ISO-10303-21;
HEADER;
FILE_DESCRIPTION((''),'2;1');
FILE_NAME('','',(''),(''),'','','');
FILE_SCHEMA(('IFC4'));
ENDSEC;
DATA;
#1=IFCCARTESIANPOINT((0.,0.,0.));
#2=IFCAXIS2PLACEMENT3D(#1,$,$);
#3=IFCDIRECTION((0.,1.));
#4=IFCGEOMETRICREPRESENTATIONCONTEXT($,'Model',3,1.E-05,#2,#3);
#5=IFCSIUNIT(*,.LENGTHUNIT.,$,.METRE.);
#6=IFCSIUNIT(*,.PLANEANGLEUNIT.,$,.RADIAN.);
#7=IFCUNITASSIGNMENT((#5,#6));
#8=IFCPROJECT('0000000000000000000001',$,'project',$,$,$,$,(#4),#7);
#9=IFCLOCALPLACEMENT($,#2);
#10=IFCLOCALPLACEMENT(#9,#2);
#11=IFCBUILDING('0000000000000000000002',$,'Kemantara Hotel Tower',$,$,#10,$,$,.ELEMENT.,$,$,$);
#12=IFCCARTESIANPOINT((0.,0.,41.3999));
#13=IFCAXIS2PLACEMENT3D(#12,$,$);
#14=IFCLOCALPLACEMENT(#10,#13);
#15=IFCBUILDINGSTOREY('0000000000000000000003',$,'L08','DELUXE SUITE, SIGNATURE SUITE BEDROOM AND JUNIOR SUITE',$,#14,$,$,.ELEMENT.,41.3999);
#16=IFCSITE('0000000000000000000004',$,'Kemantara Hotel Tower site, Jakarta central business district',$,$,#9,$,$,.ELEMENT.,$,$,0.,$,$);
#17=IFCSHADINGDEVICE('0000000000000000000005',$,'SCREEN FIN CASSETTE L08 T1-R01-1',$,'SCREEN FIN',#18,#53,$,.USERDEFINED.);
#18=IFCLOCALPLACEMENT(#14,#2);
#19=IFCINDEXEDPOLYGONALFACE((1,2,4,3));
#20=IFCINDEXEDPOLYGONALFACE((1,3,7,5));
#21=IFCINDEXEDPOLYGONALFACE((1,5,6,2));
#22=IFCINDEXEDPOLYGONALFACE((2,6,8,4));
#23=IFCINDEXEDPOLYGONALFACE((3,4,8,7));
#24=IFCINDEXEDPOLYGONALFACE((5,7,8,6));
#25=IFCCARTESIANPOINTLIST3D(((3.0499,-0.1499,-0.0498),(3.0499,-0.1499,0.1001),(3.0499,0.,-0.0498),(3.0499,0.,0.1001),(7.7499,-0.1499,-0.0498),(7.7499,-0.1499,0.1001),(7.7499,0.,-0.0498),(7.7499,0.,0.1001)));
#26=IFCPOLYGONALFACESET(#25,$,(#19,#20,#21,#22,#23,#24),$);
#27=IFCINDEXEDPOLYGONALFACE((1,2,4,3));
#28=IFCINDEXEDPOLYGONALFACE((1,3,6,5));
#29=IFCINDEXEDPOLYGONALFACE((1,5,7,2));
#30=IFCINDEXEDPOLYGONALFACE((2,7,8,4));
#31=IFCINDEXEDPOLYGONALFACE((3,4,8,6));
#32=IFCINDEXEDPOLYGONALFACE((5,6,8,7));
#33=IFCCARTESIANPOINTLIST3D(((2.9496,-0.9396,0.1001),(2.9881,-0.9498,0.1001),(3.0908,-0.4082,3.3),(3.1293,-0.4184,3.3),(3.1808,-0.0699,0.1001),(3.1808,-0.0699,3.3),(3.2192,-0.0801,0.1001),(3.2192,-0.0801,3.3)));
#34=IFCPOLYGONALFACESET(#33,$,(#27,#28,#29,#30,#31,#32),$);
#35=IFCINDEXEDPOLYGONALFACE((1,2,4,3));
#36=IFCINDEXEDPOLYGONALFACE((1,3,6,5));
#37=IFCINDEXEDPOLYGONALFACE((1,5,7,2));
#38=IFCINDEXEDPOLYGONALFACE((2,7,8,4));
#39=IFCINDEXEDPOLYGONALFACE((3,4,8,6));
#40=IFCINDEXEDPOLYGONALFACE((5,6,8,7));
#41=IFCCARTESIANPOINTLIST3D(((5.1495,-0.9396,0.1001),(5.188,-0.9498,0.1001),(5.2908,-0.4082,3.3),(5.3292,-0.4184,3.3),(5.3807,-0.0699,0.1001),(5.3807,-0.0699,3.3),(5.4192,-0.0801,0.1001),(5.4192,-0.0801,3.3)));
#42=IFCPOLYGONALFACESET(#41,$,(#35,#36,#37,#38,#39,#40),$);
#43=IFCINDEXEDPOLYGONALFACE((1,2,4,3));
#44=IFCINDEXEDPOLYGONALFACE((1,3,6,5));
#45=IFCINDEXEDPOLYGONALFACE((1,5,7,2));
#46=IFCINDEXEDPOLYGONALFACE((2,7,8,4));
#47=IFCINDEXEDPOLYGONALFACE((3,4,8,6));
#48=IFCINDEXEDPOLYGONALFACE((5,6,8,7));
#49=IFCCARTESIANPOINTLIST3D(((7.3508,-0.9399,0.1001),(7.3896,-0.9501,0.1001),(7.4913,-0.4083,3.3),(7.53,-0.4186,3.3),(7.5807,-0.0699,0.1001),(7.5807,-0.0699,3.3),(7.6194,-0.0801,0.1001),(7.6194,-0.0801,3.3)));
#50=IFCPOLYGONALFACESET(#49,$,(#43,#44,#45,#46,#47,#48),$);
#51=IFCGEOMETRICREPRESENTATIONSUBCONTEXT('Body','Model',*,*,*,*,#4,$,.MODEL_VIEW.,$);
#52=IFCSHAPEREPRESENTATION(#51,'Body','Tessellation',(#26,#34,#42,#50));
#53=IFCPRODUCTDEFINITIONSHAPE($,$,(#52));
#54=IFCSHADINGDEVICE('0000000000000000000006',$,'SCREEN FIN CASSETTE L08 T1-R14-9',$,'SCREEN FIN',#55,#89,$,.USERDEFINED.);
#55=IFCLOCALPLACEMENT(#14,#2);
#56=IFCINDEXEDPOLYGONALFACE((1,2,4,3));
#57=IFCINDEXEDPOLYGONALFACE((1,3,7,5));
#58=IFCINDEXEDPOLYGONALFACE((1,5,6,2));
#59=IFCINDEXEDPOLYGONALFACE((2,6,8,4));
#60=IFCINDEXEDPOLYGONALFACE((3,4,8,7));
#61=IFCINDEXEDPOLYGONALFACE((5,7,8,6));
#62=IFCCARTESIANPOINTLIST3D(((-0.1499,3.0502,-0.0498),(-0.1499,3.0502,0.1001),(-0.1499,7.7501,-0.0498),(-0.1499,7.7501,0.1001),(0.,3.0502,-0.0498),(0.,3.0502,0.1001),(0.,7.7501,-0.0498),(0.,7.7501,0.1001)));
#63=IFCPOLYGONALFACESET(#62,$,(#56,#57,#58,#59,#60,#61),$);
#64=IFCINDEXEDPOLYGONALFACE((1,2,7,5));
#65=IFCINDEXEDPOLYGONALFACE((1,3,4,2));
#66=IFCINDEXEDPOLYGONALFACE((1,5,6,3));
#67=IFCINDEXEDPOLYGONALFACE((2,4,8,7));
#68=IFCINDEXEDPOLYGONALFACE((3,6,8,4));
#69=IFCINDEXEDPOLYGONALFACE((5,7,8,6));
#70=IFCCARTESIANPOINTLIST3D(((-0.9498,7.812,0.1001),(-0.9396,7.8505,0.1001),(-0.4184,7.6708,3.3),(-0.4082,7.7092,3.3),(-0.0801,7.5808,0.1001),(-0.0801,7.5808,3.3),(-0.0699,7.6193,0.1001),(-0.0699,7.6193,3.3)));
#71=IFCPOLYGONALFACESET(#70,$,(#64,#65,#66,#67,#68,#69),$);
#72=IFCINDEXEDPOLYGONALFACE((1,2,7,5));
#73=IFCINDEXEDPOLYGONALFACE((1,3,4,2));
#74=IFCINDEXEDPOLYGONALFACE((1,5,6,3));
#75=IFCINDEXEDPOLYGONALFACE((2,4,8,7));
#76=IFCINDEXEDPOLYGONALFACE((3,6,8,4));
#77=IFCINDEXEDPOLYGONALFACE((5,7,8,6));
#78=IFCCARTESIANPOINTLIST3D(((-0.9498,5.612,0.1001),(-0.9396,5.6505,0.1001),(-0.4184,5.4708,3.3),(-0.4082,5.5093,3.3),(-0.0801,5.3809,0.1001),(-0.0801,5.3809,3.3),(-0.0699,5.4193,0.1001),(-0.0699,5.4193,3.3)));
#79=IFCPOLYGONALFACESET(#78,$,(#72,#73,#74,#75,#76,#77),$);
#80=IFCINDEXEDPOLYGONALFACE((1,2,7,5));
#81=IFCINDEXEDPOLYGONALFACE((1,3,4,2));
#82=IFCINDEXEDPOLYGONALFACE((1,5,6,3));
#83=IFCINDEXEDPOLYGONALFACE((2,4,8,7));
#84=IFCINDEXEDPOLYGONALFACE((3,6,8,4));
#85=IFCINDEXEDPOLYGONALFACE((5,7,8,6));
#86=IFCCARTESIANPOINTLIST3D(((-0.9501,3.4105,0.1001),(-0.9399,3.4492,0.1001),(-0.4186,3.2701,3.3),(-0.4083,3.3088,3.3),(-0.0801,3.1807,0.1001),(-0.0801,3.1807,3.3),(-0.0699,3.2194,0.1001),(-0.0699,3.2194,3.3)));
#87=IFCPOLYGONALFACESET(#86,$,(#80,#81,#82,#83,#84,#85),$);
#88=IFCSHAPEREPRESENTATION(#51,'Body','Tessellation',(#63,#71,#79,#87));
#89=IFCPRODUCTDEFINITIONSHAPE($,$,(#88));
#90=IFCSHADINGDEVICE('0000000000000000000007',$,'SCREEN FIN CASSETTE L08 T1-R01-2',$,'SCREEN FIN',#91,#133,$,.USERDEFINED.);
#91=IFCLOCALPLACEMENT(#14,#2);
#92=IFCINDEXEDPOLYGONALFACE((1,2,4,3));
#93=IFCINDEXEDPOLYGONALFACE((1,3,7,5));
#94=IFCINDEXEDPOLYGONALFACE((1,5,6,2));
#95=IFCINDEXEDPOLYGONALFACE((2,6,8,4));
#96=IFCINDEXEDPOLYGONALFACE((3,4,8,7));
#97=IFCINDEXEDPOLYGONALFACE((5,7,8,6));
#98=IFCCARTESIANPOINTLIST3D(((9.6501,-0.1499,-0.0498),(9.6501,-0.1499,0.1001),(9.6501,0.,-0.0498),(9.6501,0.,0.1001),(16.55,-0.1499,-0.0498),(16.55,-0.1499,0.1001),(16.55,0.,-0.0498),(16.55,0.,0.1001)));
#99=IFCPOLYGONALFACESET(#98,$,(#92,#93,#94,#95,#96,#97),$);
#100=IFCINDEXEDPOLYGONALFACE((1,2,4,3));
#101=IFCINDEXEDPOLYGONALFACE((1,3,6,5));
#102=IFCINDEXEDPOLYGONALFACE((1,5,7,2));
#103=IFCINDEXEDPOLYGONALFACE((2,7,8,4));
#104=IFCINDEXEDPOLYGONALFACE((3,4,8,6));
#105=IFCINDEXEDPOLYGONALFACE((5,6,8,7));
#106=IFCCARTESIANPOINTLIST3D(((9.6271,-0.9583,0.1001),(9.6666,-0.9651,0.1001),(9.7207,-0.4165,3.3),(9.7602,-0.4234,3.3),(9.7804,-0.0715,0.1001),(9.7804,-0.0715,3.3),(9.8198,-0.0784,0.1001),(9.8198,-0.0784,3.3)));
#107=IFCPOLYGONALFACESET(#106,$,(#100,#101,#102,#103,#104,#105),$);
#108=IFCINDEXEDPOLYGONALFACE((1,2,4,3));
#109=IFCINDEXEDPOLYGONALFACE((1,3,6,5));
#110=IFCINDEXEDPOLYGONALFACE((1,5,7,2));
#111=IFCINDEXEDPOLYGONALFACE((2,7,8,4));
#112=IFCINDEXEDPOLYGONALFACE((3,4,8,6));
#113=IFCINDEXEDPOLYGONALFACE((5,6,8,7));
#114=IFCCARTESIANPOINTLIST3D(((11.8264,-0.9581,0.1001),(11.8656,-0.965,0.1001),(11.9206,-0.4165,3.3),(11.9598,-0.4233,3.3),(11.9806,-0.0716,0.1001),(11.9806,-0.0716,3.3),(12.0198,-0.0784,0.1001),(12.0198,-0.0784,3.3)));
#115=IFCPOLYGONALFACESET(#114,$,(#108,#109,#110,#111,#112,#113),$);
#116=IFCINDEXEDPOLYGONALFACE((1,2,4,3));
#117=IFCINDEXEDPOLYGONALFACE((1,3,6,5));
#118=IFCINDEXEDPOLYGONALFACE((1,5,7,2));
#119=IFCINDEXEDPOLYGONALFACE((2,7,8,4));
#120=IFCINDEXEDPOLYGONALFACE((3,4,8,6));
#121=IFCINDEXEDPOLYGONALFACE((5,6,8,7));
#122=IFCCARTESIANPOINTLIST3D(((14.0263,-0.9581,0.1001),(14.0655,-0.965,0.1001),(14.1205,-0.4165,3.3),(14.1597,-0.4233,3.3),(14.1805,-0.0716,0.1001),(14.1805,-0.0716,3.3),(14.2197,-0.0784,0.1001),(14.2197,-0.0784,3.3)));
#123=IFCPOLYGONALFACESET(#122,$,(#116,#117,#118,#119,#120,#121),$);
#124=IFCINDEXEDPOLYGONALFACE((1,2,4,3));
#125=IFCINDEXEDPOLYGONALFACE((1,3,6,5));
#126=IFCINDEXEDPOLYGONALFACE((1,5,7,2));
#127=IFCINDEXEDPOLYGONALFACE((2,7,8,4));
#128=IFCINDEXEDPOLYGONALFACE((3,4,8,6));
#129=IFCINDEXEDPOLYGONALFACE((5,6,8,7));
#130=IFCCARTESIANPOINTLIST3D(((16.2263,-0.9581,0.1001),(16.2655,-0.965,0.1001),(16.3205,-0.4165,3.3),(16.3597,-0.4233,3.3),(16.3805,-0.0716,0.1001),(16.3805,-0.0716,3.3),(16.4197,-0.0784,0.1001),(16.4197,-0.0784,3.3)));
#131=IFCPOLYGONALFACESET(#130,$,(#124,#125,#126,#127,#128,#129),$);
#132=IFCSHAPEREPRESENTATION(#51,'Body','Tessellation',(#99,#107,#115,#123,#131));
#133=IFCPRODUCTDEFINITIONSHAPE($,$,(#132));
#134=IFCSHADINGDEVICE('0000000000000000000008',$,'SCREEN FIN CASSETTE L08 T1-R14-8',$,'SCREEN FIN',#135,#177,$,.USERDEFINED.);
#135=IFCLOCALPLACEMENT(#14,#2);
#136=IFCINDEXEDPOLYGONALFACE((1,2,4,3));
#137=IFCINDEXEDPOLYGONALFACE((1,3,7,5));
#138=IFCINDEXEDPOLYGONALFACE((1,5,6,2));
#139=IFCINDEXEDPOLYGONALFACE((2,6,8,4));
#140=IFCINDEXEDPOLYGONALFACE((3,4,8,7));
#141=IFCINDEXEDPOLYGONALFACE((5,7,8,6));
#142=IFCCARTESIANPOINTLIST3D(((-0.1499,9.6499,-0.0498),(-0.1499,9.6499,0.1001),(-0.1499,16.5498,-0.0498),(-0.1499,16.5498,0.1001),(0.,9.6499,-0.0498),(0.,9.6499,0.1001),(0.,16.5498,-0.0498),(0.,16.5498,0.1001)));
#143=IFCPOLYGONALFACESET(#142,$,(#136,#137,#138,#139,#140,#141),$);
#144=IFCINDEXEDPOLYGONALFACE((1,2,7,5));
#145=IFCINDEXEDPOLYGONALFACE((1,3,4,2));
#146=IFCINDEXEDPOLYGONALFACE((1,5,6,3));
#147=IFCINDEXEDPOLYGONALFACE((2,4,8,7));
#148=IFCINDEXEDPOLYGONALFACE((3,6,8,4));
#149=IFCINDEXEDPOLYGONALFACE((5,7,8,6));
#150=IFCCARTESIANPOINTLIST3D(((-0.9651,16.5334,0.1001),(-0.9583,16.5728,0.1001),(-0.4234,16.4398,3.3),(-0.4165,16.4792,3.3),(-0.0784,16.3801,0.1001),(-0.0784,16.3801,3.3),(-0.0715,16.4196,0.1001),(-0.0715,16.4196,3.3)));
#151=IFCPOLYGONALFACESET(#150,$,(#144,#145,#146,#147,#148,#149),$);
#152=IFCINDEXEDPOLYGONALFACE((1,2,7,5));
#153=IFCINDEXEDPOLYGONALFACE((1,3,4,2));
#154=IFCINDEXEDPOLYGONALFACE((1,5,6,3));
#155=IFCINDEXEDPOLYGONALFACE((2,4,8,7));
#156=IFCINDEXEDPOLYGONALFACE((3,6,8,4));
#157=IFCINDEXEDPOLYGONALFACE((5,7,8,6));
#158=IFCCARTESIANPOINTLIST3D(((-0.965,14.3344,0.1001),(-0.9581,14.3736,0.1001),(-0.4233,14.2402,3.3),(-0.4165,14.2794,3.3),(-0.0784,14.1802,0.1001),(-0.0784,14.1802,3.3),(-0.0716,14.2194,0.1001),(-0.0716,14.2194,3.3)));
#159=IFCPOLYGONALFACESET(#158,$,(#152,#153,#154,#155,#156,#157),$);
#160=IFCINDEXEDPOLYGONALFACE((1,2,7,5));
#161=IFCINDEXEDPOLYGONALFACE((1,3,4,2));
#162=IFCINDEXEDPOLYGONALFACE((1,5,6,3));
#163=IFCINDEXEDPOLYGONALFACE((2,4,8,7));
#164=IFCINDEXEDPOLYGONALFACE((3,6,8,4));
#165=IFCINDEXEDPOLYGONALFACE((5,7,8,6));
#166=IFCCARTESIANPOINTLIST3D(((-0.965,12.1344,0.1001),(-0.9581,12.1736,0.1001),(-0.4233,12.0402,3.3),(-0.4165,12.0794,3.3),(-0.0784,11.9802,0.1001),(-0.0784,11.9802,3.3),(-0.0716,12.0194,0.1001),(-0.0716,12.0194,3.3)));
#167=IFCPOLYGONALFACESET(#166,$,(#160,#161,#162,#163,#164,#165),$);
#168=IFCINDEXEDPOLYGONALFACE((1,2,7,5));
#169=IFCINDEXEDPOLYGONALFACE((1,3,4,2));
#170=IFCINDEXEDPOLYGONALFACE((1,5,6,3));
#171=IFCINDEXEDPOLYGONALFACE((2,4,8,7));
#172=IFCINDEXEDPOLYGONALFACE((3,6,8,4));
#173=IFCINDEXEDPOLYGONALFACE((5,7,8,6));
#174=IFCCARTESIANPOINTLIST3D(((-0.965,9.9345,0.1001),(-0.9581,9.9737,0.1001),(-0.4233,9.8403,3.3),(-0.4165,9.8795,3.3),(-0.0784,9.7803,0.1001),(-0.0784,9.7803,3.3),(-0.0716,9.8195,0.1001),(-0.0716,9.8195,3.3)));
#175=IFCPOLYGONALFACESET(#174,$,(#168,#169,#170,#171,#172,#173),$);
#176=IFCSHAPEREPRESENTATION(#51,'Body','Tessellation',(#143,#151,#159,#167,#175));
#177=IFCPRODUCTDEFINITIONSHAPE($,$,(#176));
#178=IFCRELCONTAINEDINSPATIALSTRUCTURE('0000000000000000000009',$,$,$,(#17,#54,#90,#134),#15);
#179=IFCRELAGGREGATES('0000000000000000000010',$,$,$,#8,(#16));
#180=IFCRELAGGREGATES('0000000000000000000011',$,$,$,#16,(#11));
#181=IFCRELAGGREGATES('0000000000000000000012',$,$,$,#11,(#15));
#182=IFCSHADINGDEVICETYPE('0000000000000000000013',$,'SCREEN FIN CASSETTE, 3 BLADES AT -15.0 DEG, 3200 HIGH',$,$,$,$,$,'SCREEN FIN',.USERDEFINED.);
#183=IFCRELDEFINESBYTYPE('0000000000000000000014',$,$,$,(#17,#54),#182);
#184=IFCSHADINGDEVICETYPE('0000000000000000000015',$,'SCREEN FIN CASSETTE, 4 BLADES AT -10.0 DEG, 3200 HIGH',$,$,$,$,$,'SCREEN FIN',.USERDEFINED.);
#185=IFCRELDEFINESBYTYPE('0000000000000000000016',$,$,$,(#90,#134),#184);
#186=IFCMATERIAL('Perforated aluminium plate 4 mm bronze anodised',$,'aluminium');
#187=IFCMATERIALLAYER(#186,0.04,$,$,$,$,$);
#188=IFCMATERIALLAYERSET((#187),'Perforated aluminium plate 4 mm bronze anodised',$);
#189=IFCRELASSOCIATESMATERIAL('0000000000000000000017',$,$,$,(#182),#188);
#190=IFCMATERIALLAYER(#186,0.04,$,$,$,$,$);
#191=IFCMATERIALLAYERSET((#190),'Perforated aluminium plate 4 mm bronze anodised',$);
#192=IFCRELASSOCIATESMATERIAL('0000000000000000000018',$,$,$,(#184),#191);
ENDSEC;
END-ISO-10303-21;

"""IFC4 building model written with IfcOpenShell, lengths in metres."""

from ifc_helpers import new_model, si_unit, direction, frame, origin, origin_2d, place, context, subcontext, project, spatial, polyline, rectangle, outline, extrude, source, transform, mapped, material, layer, layer_set, type_object, element, save


model = new_model("IFC4")

# Units and contexts
model_context = context("Model", 3, precision=1e-05, world=origin(), true_north=direction((0.0, 1.0)))
body_context = subcontext(model_context, "Body", "Model", "MODEL_VIEW")
ifc_project = project(units=[si_unit("LENGTHUNIT", "METRE"), si_unit("PLANEANGLEUNIT", "RADIAN")], contexts=[model_context])

# Site, building, storey
site_placement = place(None, origin())
site = spatial("IfcSite", under=ifc_project, at=site_placement, Name="Kemantara Hotel Tower site, Jakarta central business district", CompositionType="ELEMENT", RefElevation=0.0)
building_placement = place(site_placement, origin())
building = spatial("IfcBuilding", under=site, at=building_placement, Name="Kemantara Hotel Tower", CompositionType="ELEMENT")
storey_placement = place(building_placement, frame((0.0, 0.0, 41.3999)))
storey = spatial("IfcBuildingStorey", under=building, at=storey_placement, Name="L08", Description="DELUXE SUITE, SIGNATURE SUITE BEDROOM AND JUNIOR SUITE", CompositionType="ELEMENT", Elevation=41.3999)

# Shading devices
ifc_material_1 = material(Name="Perforated aluminium plate 4 mm bronze anodised", Category="aluminium")
ifc_layer_1 = layer(ifc_material_1, 0.04)
ifc_layer_set_1 = layer_set([ifc_layer_1], Name="Perforated aluminium plate 4 mm bronze anodised")
shading_device_type_1 = type_object("IfcShadingDeviceType", Name="SCREEN FIN CASSETTE, 3 BLADES AT -15.0 DEG, 3200 HIGH", ElementType="SCREEN FIN", PredefinedType="USERDEFINED", material=ifc_layer_set_1)
shared_shape_1 = source(origin(), body_context, "Body", "SweptSolid", [
    extrude(rectangle(XDim=4.7, YDim=0.1499, at=origin_2d()), frame((2.2, -0.075, -0.1499), z_axis=(0.0, 0.0, 1.0), x_axis=(1.0, 0.0, 0.0)), (0.0, 0.0, 1.0), 0.1499),
    extrude(outline(polyline([(0.0, 0.0), (0.8999, 0.0), (0.3501, 3.2), (0.0, 3.2), (0.0, 0.0)])), frame((0.0193, -0.0801, 0.0), z_axis=(-0.966438, 0.256901, 0.0), x_axis=(-0.256901, -0.966438, 0.0)), (0.0, 0.0, 1.0), 0.0398),
    extrude(outline(polyline([(0.0, 0.0), (0.8999, 0.0), (0.3501, 3.2), (0.0, 3.2), (0.0, 0.0)])), frame((2.2192, -0.0801, 0.0), z_axis=(-0.966438, 0.256901, 0.0), x_axis=(-0.256901, -0.966438, 0.0)), (0.0, 0.0, 1.0), 0.0398),
    extrude(outline(polyline([(0.0, 0.0), (0.8999, 0.0), (0.3501, 3.2), (0.0, 3.2), (0.0, 0.0)])), frame((4.4194, -0.0801, 0.0), z_axis=(-0.966838, 0.255391, 0.0), x_axis=(-0.255391, -0.966838, 0.0)), (0.0, 0.0, 1.0), 0.04),
])
for number, where, z_axis, x_axis, name in (
    (1, (3.2, 0.0, 0.1001), (0.0, 0.0, 1.0), (1.0, 0.0, 0.0), "SCREEN FIN CASSETTE L08 T1-R01-1"),
    (2, (0.0, 7.6001, 0.1001), (0.0, 0.0, 1.0), (0.0, -1.0, 0.0), "SCREEN FIN CASSETTE L08 T1-R14-9"),
):
    element("IfcShadingDevice", number, at=place(storey_placement, frame(where, z_axis=z_axis, x_axis=x_axis)), inside=storey, type_object=shading_device_type_1, Name=name, ObjectType="SCREEN FIN", PredefinedType="USERDEFINED", context=body_context, shape_type="MappedRepresentation", body=[
        mapped(shared_shape_1, transform((0.0, 0.0, 0.0))),
    ])
ifc_layer_2 = layer(ifc_material_1, 0.04)
ifc_layer_set_2 = layer_set([ifc_layer_2], Name="Perforated aluminium plate 4 mm bronze anodised")
shading_device_type_2 = type_object("IfcShadingDeviceType", Name="SCREEN FIN CASSETTE, 4 BLADES AT -10.0 DEG, 3200 HIGH", ElementType="SCREEN FIN", PredefinedType="USERDEFINED", material=ifc_layer_set_2)
shared_shape_2 = source(origin(), body_context, "Body", "SweptSolid", [
    extrude(rectangle(XDim=6.8999, YDim=0.1499, at=origin_2d()), frame((3.3, -0.075, -0.1499), z_axis=(0.0, 0.0, 1.0), x_axis=(1.0, 0.0, 0.0)), (0.0, 0.0, 1.0), 0.1499),
    extrude(outline(polyline([(0.0, 0.0), (0.8999, 0.0), (0.3501, 3.2), (0.0, 3.2), (0.0, 0.0)])), frame((0.0198, -0.0784, 0.0), z_axis=(-0.98539, 0.170314, 0.0), x_axis=(-0.170314, -0.98539, 0.0)), (0.0, 0.0, 1.0), 0.04),
    extrude(outline(polyline([(0.0, 0.0), (0.8999, 0.0), (0.3501, 3.2), (0.0, 3.2), (0.0, 0.0)])), frame((2.2197, -0.0784, 0.0), z_axis=(-0.985212, 0.171341, 0.0), x_axis=(-0.171341, -0.985212, 0.0)), (0.0, 0.0, 1.0), 0.0398),
    extrude(outline(polyline([(0.0, 0.0), (0.8999, 0.0), (0.3501, 3.2), (0.0, 3.2), (0.0, 0.0)])), frame((4.4197, -0.0784, 0.0), z_axis=(-0.985212, 0.171341, 0.0), x_axis=(-0.171341, -0.985212, 0.0)), (0.0, 0.0, 1.0), 0.0398),
    extrude(outline(polyline([(0.0, 0.0), (0.8999, 0.0), (0.3501, 3.2), (0.0, 3.2), (0.0, 0.0)])), frame((6.6196, -0.0784, 0.0), z_axis=(-0.985212, 0.171341, 0.0), x_axis=(-0.171341, -0.985212, 0.0)), (0.0, 0.0, 1.0), 0.0398),
])
for number, where, z_axis, x_axis, name in (
    (3, (9.8, 0.0, 0.1001), (0.0, 0.0, 1.0), (1.0, 0.0, 0.0), "SCREEN FIN CASSETTE L08 T1-R01-2"),
    (4, (0.0, 16.3999, 0.1001), (0.0, 0.0, 1.0), (0.0, -1.0, 0.0), "SCREEN FIN CASSETTE L08 T1-R14-8"),
):
    element("IfcShadingDevice", number, at=place(storey_placement, frame(where, z_axis=z_axis, x_axis=x_axis)), inside=storey, type_object=shading_device_type_2, Name=name, ObjectType="SCREEN FIN", PredefinedType="USERDEFINED", context=body_context, shape_type="MappedRepresentation", body=[
        mapped(shared_shape_2, transform((0.0, 0.0, 0.0))),
    ])

save(model, "model.ifc")
